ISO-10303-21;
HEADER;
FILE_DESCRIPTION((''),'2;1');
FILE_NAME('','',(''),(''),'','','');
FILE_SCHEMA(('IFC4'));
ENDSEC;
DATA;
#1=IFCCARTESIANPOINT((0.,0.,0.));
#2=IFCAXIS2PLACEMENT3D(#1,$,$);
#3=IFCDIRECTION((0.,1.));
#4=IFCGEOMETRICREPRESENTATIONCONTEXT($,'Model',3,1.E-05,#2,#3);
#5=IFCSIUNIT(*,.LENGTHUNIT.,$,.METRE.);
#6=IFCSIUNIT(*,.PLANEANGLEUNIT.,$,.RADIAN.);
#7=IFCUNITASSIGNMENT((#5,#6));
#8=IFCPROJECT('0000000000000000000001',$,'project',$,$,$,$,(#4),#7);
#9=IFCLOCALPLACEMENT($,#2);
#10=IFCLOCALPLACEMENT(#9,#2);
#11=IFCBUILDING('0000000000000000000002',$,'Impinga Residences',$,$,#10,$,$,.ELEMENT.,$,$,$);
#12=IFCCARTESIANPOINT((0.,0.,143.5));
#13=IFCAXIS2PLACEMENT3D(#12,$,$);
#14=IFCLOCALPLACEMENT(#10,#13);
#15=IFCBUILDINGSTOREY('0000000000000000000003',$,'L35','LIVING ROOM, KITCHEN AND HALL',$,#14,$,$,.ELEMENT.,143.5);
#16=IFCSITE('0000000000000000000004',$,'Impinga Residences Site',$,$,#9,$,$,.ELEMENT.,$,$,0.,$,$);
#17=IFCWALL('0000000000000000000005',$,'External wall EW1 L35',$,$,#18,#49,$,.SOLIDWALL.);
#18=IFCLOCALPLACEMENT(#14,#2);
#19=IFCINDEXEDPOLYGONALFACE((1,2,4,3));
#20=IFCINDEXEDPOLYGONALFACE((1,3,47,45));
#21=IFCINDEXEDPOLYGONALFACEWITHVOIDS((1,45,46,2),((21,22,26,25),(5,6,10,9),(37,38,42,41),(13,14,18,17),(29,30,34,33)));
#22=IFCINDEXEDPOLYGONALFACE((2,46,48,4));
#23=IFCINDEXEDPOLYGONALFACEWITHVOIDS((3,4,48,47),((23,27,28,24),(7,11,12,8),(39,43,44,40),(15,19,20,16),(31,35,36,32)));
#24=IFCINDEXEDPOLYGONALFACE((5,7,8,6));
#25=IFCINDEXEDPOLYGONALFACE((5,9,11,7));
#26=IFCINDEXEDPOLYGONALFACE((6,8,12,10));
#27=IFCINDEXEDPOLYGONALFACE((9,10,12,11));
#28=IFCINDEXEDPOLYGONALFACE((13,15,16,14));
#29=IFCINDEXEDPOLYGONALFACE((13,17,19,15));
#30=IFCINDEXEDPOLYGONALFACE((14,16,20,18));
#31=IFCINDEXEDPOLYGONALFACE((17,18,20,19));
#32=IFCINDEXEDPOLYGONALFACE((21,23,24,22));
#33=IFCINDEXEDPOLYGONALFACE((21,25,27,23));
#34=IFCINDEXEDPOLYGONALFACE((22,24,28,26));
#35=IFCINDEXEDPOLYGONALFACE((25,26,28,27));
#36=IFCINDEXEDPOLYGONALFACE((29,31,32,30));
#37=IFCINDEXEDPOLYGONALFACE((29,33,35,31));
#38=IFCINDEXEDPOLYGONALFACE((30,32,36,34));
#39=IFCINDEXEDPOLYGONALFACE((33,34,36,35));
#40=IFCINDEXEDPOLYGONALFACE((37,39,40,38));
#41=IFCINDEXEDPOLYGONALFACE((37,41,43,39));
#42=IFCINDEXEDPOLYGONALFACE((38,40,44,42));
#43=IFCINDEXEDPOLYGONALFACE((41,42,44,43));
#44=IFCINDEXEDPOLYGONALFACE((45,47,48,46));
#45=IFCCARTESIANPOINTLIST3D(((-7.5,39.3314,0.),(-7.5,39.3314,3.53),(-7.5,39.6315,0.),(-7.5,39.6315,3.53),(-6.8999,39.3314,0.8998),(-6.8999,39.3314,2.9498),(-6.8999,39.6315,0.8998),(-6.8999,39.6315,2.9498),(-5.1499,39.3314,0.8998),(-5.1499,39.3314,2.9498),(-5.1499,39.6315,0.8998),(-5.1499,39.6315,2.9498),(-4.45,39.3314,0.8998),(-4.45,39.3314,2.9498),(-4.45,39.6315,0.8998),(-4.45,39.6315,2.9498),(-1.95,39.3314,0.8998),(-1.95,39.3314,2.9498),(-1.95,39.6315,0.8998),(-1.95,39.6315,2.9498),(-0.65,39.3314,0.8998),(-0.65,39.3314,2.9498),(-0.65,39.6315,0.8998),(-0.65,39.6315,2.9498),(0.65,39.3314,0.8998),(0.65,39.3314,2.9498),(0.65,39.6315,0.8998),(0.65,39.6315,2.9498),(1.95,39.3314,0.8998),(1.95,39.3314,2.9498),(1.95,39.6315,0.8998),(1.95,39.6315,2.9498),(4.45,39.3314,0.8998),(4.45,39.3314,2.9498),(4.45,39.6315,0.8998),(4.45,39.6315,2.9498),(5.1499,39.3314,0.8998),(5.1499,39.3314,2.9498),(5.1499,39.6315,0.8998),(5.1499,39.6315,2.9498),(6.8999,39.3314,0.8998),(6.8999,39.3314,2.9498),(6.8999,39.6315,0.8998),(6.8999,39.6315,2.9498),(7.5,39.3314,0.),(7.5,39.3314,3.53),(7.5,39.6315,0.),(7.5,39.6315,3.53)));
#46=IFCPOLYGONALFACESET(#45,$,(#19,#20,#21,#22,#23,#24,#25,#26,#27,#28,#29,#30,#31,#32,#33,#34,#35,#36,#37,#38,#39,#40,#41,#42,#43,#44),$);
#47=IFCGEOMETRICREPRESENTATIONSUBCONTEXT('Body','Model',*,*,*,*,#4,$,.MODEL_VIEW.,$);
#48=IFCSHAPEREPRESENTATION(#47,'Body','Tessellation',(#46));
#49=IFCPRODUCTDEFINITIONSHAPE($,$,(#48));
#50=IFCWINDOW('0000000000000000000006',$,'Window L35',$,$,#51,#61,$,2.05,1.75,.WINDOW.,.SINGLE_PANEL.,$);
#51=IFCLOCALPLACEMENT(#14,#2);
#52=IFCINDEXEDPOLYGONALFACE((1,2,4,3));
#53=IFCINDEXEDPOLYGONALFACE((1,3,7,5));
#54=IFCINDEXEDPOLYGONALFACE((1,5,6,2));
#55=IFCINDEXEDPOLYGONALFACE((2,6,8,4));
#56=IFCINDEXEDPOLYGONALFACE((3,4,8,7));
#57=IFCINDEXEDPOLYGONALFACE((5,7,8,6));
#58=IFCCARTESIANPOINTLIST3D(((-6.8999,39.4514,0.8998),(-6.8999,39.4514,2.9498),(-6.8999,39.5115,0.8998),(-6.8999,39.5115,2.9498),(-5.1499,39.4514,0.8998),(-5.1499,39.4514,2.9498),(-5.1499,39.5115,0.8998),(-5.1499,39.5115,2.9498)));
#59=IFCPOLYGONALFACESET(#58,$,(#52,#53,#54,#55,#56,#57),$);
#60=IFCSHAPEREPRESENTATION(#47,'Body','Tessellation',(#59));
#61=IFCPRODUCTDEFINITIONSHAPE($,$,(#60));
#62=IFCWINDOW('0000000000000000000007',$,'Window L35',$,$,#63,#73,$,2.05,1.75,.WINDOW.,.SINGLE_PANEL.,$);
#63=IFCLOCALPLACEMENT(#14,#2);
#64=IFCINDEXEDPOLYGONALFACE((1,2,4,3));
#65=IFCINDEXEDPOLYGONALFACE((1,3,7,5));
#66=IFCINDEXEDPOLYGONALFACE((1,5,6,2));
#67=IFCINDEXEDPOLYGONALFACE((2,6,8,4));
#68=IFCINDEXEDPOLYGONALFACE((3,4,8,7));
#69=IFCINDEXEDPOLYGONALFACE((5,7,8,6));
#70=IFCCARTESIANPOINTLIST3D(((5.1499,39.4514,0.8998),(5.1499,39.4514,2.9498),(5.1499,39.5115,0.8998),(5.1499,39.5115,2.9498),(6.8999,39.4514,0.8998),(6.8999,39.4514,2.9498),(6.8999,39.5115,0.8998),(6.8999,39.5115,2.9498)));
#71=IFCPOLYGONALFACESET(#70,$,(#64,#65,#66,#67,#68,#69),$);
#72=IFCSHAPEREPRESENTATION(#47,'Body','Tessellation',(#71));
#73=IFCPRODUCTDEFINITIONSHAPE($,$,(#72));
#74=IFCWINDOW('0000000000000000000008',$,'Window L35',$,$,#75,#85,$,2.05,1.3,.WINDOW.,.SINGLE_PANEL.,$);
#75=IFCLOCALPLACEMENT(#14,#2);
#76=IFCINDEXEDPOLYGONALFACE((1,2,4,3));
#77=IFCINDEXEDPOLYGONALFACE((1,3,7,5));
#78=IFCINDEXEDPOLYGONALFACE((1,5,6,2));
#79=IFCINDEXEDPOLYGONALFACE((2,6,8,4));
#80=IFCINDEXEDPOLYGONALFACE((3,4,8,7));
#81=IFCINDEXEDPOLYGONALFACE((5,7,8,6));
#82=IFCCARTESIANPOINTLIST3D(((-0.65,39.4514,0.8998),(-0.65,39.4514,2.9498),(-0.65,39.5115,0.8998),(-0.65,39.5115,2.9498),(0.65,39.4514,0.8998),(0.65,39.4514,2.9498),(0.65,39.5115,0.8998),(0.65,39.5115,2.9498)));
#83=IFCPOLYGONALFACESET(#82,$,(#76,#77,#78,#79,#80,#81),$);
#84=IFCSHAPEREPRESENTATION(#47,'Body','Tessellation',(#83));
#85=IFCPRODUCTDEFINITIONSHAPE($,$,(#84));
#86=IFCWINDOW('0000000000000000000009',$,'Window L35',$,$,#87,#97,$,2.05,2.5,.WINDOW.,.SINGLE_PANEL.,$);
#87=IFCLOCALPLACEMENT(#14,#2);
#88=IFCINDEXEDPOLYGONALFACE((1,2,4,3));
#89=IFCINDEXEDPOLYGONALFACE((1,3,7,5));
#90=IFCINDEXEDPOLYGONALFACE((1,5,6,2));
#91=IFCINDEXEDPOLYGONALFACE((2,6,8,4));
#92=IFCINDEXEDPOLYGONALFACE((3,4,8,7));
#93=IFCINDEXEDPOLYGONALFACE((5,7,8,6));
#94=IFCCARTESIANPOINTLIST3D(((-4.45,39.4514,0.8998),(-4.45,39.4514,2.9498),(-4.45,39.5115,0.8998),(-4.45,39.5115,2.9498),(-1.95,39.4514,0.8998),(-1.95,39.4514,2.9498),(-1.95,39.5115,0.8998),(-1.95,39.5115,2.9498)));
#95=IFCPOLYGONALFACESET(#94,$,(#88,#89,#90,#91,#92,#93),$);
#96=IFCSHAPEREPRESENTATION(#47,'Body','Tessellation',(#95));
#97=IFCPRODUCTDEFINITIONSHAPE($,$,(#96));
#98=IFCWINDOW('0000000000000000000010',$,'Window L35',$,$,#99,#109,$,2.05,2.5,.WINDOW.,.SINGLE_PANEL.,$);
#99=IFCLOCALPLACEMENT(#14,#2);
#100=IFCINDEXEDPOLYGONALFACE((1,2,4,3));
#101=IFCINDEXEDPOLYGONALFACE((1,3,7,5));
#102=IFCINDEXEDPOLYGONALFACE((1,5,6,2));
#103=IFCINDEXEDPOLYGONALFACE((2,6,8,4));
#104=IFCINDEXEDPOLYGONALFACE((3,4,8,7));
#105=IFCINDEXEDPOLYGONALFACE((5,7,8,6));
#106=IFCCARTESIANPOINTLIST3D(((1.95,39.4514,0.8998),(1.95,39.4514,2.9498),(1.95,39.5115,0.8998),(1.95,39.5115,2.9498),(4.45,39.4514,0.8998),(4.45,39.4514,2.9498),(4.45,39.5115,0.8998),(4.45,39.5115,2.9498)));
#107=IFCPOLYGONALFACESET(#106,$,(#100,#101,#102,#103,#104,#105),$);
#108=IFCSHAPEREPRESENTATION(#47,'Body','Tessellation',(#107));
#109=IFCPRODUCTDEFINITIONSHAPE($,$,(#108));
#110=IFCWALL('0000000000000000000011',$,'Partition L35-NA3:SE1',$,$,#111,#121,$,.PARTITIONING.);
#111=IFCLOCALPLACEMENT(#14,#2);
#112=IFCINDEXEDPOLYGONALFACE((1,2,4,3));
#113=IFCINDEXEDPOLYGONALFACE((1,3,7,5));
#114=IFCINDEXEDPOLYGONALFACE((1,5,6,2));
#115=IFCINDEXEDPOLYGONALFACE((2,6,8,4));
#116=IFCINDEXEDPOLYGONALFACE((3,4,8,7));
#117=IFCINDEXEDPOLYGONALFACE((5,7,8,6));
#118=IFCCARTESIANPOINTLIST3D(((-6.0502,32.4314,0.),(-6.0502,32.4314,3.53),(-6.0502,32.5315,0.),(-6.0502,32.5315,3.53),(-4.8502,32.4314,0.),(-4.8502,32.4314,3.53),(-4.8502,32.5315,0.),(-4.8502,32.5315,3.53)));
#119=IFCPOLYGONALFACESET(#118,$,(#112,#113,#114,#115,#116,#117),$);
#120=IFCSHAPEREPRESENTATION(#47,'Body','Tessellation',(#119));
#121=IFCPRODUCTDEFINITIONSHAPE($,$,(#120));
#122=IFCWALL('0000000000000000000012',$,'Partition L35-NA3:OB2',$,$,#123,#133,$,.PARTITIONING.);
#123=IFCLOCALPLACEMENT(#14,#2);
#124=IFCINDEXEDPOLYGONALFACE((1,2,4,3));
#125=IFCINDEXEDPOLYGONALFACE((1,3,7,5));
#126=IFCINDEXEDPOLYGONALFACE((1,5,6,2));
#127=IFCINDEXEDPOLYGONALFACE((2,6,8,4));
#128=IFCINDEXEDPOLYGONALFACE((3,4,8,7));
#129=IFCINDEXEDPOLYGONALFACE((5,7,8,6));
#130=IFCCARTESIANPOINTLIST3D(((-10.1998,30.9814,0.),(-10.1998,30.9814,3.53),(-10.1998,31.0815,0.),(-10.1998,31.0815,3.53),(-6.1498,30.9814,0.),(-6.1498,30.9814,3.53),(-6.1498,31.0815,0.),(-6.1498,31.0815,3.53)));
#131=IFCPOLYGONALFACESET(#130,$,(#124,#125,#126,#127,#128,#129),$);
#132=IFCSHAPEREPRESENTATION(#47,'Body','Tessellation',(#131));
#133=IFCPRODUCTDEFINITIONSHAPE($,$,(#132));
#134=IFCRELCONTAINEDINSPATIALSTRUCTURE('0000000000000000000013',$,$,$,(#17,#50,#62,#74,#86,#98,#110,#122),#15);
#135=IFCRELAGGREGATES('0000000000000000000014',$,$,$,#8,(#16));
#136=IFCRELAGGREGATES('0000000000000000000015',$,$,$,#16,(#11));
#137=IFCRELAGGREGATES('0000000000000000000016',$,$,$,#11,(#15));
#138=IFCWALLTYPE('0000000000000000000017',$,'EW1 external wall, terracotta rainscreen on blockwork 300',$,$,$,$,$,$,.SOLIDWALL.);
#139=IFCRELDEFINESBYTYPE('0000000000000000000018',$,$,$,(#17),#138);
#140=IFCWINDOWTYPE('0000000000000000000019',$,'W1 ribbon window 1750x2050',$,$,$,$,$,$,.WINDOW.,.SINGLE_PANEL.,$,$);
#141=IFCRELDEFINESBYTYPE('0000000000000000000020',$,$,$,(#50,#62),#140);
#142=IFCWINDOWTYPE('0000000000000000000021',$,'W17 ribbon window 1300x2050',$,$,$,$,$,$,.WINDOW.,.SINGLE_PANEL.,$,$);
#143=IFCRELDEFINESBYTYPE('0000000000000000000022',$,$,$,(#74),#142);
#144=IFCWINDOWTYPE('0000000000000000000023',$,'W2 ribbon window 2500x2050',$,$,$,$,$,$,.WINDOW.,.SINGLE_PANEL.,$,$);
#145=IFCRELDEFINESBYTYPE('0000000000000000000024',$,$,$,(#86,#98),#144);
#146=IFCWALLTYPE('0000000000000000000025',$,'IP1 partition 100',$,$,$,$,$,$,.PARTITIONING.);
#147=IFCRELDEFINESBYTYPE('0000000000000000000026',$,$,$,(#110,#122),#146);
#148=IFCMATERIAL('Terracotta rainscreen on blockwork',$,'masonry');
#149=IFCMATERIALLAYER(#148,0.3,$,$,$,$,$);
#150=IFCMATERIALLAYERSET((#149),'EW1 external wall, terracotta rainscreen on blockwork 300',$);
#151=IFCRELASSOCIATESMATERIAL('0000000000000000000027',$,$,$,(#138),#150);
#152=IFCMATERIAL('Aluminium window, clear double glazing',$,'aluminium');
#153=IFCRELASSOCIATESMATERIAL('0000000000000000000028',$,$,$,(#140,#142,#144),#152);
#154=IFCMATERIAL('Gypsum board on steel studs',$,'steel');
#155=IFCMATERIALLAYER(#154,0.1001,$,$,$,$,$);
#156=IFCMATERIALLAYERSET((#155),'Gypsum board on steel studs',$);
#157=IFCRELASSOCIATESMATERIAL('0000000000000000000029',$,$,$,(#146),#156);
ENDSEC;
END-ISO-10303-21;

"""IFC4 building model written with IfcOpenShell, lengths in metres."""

from ifc_helpers import new_model, si_unit, direction, frame, frame_2d, origin, place, context, subcontext, project, spatial, rectangle, extrude, material, layer, layer_set, type_object, element, fill, save


model = new_model("IFC4")

# Units and contexts
model_context = context("Model", 3, precision=1e-05, world=origin(), true_north=direction((0.0, 1.0)))
body_context = subcontext(model_context, "Body", "Model", "MODEL_VIEW")
ifc_project = project(units=[si_unit("LENGTHUNIT", "METRE"), si_unit("PLANEANGLEUNIT", "RADIAN")], contexts=[model_context])

# Site, building, storey
site_placement = place(None, origin())
site = spatial("IfcSite", under=ifc_project, at=site_placement, Name="Impinga Residences Site", CompositionType="ELEMENT", RefElevation=0.0)
building_placement = place(site_placement, origin())
building = spatial("IfcBuilding", under=site, at=building_placement, Name="Impinga Residences", CompositionType="ELEMENT")
storey_placement = place(building_placement, frame((0.0, 0.0, 143.5)))
storey = spatial("IfcBuildingStorey", under=building, at=storey_placement, Name="L35", Description="LIVING ROOM, KITCHEN AND HALL", CompositionType="ELEMENT", Elevation=143.5)

# Shared definitions
ifc_material_1 = material(Name="Terracotta rainscreen on blockwork", Category="masonry")
ifc_layer_1 = layer(ifc_material_1, 0.3)
ifc_layer_set_1 = layer_set([ifc_layer_1], Name="EW1 external wall, terracotta rainscreen on blockwork 300")
wall_type_1 = type_object("IfcWallType", Name="EW1 external wall, terracotta rainscreen on blockwork 300", PredefinedType="SOLIDWALL", material=ifc_layer_set_1)

# Wall, openings, windows
wall_1_placement = place(storey_placement, frame((-7.5, 39.4814, 0.0), z_axis=(0.0, 0.0, 1.0), x_axis=(1.0, 0.0, 0.0)))
wall_1 = element("IfcWall", 1, at=wall_1_placement, inside=storey, type_object=wall_type_1, Name="External wall EW1 L35", PredefinedType="SOLIDWALL", context=body_context, shape_type="SweptSolid", body=[
    extrude(rectangle(XDim=15.0, YDim=0.3, at=frame_2d((7.5, 0.0))), origin(), (0.0, 0.0, 1.0), 3.53),
])
opening_1_placement = place(wall_1_placement, frame((0.6001, 0.0, 0.8999)))
opening_1 = element("IfcOpeningElement", 2, at=opening_1_placement, cuts=wall_1, PredefinedType="OPENING", context=body_context, shape_type="SweptSolid", body=[
    extrude(rectangle(XDim=1.75, YDim=2.05, at=frame_2d((0.875, 1.0249))), frame((0.0, 0.1599, 0.0), z_axis=(0.0, -1.0, 0.0), x_axis=(1.0, 0.0, 0.0)), (0.0, 0.0, 1.0), 0.3201),
])
opening_2_placement = place(wall_1_placement, frame((3.05, 0.0, 0.8999)))
opening_2 = element("IfcOpeningElement", 3, at=opening_2_placement, cuts=wall_1, PredefinedType="OPENING", context=body_context, shape_type="SweptSolid", body=[
    extrude(rectangle(XDim=2.5, YDim=2.05, at=frame_2d((1.25, 1.0249))), frame((0.0, 0.1599, 0.0), z_axis=(0.0, -1.0, 0.0), x_axis=(1.0, 0.0, 0.0)), (0.0, 0.0, 1.0), 0.3201),
])
opening_3_placement = place(wall_1_placement, frame((6.8501, 0.0, 0.8999)))
opening_3 = element("IfcOpeningElement", 4, at=opening_3_placement, cuts=wall_1, PredefinedType="OPENING", context=body_context, shape_type="SweptSolid", body=[
    extrude(rectangle(XDim=1.3, YDim=2.05, at=frame_2d((0.6499, 1.0249))), frame((0.0, 0.1599, 0.0), z_axis=(0.0, -1.0, 0.0), x_axis=(1.0, 0.0, 0.0)), (0.0, 0.0, 1.0), 0.3201),
])
opening_4_placement = place(wall_1_placement, frame((9.45, 0.0, 0.8999)))
opening_4 = element("IfcOpeningElement", 5, at=opening_4_placement, cuts=wall_1, PredefinedType="OPENING", context=body_context, shape_type="SweptSolid", body=[
    extrude(rectangle(XDim=2.5, YDim=2.05, at=frame_2d((1.25, 1.0249))), frame((0.0, 0.1599, 0.0), z_axis=(0.0, -1.0, 0.0), x_axis=(1.0, 0.0, 0.0)), (0.0, 0.0, 1.0), 0.3201),
])
opening_5_placement = place(wall_1_placement, frame((12.6499, 0.0, 0.8999)))
opening_5 = element("IfcOpeningElement", 6, at=opening_5_placement, cuts=wall_1, PredefinedType="OPENING", context=body_context, shape_type="SweptSolid", body=[
    extrude(rectangle(XDim=1.75, YDim=2.05, at=frame_2d((0.875, 1.0249))), frame((0.0, 0.1599, 0.0), z_axis=(0.0, -1.0, 0.0), x_axis=(1.0, 0.0, 0.0)), (0.0, 0.0, 1.0), 0.3201),
])
ifc_material_2 = material(Name="Aluminium window, clear double glazing", Category="aluminium")
window_type_1 = type_object("IfcWindowType", Name="W1 ribbon window 1750x2050", PartitioningType="SINGLE_PANEL", PredefinedType="WINDOW", material=ifc_material_2)
window_1_placement = place(opening_1_placement, origin())
window_1 = element("IfcWindow", 7, at=window_1_placement, inside=storey, type_object=window_type_1, Name="Window L35", OverallHeight=2.05, OverallWidth=1.75, PartitioningType="SINGLE_PANEL", PredefinedType="WINDOW", context=body_context, shape_type="SweptSolid", body=[
    extrude(rectangle(XDim=1.75, YDim=2.05, at=frame_2d((0.875, 1.0249))), frame((0.0, 0.03, 0.0), z_axis=(0.0, -1.0, 0.0), x_axis=(1.0, 0.0, 0.0)), (0.0, 0.0, 1.0), 0.0601),
])
fill(opening_1, window_1)
window_2_placement = place(opening_5_placement, origin())
window_2 = element("IfcWindow", 8, at=window_2_placement, inside=storey, type_object=window_type_1, Name="Window L35", OverallHeight=2.05, OverallWidth=1.75, PartitioningType="SINGLE_PANEL", PredefinedType="WINDOW", context=body_context, shape_type="SweptSolid", body=[
    extrude(rectangle(XDim=1.75, YDim=2.05, at=frame_2d((0.875, 1.0249))), frame((0.0, 0.03, 0.0), z_axis=(0.0, -1.0, 0.0), x_axis=(1.0, 0.0, 0.0)), (0.0, 0.0, 1.0), 0.0601),
])
fill(opening_5, window_2)
window_type_2 = type_object("IfcWindowType", Name="W17 ribbon window 1300x2050", PartitioningType="SINGLE_PANEL", PredefinedType="WINDOW", material=ifc_material_2)
window_3_placement = place(opening_3_placement, origin())
window_3 = element("IfcWindow", 9, at=window_3_placement, inside=storey, type_object=window_type_2, Name="Window L35", OverallHeight=2.05, OverallWidth=1.3, PartitioningType="SINGLE_PANEL", PredefinedType="WINDOW", context=body_context, shape_type="SweptSolid", body=[
    extrude(rectangle(XDim=1.3, YDim=2.05, at=frame_2d((0.6499, 1.0249))), frame((0.0, 0.03, 0.0), z_axis=(0.0, -1.0, 0.0), x_axis=(1.0, 0.0, 0.0)), (0.0, 0.0, 1.0), 0.0601),
])
fill(opening_3, window_3)
window_type_3 = type_object("IfcWindowType", Name="W2 ribbon window 2500x2050", PartitioningType="SINGLE_PANEL", PredefinedType="WINDOW", material=ifc_material_2)
window_4_placement = place(opening_2_placement, origin())
window_4 = element("IfcWindow", 10, at=window_4_placement, inside=storey, type_object=window_type_3, Name="Window L35", OverallHeight=2.05, OverallWidth=2.5, PartitioningType="SINGLE_PANEL", PredefinedType="WINDOW", context=body_context, shape_type="SweptSolid", body=[
    extrude(rectangle(XDim=2.5, YDim=2.05, at=frame_2d((1.25, 1.0249))), frame((0.0, 0.03, 0.0), z_axis=(0.0, -1.0, 0.0), x_axis=(1.0, 0.0, 0.0)), (0.0, 0.0, 1.0), 0.0601),
])
fill(opening_2, window_4)
window_5_placement = place(opening_4_placement, origin())
window_5 = element("IfcWindow", 11, at=window_5_placement, inside=storey, type_object=window_type_3, Name="Window L35", OverallHeight=2.05, OverallWidth=2.5, PartitioningType="SINGLE_PANEL", PredefinedType="WINDOW", context=body_context, shape_type="SweptSolid", body=[
    extrude(rectangle(XDim=2.5, YDim=2.05, at=frame_2d((1.25, 1.0249))), frame((0.0, 0.03, 0.0), z_axis=(0.0, -1.0, 0.0), x_axis=(1.0, 0.0, 0.0)), (0.0, 0.0, 1.0), 0.0601),
])
fill(opening_4, window_5)

# Walls
ifc_material_3 = material(Name="Gypsum board on steel studs", Category="steel")
ifc_layer_2 = layer(ifc_material_3, 0.1001)
ifc_layer_set_2 = layer_set([ifc_layer_2], Name="Gypsum board on steel studs")
wall_type_2 = type_object("IfcWallType", Name="IP1 partition 100", PredefinedType="PARTITIONING", material=ifc_layer_set_2)
wall_2_placement = place(storey_placement, frame((-4.8501, 32.4814, 0.0), z_axis=(0.0, 0.0, 1.0), x_axis=(-1.0, 0.0, 0.0)))
element("IfcWall", 12, at=wall_2_placement, inside=storey, type_object=wall_type_2, Name="Partition L35-NA3:SE1", PredefinedType="PARTITIONING", context=body_context, shape_type="SweptSolid", body=[
    extrude(rectangle(XDim=1.2, YDim=0.1001, at=frame_2d((0.6001, 0.0))), origin(), (0.0, 0.0, 1.0), 3.53),
])
wall_3_placement = place(storey_placement, frame((-6.1499, 31.0315, 0.0), z_axis=(0.0, 0.0, 1.0), x_axis=(-1.0, 0.0, 0.0)))
element("IfcWall", 13, at=wall_3_placement, inside=storey, type_object=wall_type_2, Name="Partition L35-NA3:OB2", PredefinedType="PARTITIONING", context=body_context, shape_type="SweptSolid", body=[
    extrude(rectangle(XDim=4.05, YDim=0.1001, at=frame_2d((2.0249, 0.0))), origin(), (0.0, 0.0, 1.0), 3.53),
])

save(model, "model.ifc")
